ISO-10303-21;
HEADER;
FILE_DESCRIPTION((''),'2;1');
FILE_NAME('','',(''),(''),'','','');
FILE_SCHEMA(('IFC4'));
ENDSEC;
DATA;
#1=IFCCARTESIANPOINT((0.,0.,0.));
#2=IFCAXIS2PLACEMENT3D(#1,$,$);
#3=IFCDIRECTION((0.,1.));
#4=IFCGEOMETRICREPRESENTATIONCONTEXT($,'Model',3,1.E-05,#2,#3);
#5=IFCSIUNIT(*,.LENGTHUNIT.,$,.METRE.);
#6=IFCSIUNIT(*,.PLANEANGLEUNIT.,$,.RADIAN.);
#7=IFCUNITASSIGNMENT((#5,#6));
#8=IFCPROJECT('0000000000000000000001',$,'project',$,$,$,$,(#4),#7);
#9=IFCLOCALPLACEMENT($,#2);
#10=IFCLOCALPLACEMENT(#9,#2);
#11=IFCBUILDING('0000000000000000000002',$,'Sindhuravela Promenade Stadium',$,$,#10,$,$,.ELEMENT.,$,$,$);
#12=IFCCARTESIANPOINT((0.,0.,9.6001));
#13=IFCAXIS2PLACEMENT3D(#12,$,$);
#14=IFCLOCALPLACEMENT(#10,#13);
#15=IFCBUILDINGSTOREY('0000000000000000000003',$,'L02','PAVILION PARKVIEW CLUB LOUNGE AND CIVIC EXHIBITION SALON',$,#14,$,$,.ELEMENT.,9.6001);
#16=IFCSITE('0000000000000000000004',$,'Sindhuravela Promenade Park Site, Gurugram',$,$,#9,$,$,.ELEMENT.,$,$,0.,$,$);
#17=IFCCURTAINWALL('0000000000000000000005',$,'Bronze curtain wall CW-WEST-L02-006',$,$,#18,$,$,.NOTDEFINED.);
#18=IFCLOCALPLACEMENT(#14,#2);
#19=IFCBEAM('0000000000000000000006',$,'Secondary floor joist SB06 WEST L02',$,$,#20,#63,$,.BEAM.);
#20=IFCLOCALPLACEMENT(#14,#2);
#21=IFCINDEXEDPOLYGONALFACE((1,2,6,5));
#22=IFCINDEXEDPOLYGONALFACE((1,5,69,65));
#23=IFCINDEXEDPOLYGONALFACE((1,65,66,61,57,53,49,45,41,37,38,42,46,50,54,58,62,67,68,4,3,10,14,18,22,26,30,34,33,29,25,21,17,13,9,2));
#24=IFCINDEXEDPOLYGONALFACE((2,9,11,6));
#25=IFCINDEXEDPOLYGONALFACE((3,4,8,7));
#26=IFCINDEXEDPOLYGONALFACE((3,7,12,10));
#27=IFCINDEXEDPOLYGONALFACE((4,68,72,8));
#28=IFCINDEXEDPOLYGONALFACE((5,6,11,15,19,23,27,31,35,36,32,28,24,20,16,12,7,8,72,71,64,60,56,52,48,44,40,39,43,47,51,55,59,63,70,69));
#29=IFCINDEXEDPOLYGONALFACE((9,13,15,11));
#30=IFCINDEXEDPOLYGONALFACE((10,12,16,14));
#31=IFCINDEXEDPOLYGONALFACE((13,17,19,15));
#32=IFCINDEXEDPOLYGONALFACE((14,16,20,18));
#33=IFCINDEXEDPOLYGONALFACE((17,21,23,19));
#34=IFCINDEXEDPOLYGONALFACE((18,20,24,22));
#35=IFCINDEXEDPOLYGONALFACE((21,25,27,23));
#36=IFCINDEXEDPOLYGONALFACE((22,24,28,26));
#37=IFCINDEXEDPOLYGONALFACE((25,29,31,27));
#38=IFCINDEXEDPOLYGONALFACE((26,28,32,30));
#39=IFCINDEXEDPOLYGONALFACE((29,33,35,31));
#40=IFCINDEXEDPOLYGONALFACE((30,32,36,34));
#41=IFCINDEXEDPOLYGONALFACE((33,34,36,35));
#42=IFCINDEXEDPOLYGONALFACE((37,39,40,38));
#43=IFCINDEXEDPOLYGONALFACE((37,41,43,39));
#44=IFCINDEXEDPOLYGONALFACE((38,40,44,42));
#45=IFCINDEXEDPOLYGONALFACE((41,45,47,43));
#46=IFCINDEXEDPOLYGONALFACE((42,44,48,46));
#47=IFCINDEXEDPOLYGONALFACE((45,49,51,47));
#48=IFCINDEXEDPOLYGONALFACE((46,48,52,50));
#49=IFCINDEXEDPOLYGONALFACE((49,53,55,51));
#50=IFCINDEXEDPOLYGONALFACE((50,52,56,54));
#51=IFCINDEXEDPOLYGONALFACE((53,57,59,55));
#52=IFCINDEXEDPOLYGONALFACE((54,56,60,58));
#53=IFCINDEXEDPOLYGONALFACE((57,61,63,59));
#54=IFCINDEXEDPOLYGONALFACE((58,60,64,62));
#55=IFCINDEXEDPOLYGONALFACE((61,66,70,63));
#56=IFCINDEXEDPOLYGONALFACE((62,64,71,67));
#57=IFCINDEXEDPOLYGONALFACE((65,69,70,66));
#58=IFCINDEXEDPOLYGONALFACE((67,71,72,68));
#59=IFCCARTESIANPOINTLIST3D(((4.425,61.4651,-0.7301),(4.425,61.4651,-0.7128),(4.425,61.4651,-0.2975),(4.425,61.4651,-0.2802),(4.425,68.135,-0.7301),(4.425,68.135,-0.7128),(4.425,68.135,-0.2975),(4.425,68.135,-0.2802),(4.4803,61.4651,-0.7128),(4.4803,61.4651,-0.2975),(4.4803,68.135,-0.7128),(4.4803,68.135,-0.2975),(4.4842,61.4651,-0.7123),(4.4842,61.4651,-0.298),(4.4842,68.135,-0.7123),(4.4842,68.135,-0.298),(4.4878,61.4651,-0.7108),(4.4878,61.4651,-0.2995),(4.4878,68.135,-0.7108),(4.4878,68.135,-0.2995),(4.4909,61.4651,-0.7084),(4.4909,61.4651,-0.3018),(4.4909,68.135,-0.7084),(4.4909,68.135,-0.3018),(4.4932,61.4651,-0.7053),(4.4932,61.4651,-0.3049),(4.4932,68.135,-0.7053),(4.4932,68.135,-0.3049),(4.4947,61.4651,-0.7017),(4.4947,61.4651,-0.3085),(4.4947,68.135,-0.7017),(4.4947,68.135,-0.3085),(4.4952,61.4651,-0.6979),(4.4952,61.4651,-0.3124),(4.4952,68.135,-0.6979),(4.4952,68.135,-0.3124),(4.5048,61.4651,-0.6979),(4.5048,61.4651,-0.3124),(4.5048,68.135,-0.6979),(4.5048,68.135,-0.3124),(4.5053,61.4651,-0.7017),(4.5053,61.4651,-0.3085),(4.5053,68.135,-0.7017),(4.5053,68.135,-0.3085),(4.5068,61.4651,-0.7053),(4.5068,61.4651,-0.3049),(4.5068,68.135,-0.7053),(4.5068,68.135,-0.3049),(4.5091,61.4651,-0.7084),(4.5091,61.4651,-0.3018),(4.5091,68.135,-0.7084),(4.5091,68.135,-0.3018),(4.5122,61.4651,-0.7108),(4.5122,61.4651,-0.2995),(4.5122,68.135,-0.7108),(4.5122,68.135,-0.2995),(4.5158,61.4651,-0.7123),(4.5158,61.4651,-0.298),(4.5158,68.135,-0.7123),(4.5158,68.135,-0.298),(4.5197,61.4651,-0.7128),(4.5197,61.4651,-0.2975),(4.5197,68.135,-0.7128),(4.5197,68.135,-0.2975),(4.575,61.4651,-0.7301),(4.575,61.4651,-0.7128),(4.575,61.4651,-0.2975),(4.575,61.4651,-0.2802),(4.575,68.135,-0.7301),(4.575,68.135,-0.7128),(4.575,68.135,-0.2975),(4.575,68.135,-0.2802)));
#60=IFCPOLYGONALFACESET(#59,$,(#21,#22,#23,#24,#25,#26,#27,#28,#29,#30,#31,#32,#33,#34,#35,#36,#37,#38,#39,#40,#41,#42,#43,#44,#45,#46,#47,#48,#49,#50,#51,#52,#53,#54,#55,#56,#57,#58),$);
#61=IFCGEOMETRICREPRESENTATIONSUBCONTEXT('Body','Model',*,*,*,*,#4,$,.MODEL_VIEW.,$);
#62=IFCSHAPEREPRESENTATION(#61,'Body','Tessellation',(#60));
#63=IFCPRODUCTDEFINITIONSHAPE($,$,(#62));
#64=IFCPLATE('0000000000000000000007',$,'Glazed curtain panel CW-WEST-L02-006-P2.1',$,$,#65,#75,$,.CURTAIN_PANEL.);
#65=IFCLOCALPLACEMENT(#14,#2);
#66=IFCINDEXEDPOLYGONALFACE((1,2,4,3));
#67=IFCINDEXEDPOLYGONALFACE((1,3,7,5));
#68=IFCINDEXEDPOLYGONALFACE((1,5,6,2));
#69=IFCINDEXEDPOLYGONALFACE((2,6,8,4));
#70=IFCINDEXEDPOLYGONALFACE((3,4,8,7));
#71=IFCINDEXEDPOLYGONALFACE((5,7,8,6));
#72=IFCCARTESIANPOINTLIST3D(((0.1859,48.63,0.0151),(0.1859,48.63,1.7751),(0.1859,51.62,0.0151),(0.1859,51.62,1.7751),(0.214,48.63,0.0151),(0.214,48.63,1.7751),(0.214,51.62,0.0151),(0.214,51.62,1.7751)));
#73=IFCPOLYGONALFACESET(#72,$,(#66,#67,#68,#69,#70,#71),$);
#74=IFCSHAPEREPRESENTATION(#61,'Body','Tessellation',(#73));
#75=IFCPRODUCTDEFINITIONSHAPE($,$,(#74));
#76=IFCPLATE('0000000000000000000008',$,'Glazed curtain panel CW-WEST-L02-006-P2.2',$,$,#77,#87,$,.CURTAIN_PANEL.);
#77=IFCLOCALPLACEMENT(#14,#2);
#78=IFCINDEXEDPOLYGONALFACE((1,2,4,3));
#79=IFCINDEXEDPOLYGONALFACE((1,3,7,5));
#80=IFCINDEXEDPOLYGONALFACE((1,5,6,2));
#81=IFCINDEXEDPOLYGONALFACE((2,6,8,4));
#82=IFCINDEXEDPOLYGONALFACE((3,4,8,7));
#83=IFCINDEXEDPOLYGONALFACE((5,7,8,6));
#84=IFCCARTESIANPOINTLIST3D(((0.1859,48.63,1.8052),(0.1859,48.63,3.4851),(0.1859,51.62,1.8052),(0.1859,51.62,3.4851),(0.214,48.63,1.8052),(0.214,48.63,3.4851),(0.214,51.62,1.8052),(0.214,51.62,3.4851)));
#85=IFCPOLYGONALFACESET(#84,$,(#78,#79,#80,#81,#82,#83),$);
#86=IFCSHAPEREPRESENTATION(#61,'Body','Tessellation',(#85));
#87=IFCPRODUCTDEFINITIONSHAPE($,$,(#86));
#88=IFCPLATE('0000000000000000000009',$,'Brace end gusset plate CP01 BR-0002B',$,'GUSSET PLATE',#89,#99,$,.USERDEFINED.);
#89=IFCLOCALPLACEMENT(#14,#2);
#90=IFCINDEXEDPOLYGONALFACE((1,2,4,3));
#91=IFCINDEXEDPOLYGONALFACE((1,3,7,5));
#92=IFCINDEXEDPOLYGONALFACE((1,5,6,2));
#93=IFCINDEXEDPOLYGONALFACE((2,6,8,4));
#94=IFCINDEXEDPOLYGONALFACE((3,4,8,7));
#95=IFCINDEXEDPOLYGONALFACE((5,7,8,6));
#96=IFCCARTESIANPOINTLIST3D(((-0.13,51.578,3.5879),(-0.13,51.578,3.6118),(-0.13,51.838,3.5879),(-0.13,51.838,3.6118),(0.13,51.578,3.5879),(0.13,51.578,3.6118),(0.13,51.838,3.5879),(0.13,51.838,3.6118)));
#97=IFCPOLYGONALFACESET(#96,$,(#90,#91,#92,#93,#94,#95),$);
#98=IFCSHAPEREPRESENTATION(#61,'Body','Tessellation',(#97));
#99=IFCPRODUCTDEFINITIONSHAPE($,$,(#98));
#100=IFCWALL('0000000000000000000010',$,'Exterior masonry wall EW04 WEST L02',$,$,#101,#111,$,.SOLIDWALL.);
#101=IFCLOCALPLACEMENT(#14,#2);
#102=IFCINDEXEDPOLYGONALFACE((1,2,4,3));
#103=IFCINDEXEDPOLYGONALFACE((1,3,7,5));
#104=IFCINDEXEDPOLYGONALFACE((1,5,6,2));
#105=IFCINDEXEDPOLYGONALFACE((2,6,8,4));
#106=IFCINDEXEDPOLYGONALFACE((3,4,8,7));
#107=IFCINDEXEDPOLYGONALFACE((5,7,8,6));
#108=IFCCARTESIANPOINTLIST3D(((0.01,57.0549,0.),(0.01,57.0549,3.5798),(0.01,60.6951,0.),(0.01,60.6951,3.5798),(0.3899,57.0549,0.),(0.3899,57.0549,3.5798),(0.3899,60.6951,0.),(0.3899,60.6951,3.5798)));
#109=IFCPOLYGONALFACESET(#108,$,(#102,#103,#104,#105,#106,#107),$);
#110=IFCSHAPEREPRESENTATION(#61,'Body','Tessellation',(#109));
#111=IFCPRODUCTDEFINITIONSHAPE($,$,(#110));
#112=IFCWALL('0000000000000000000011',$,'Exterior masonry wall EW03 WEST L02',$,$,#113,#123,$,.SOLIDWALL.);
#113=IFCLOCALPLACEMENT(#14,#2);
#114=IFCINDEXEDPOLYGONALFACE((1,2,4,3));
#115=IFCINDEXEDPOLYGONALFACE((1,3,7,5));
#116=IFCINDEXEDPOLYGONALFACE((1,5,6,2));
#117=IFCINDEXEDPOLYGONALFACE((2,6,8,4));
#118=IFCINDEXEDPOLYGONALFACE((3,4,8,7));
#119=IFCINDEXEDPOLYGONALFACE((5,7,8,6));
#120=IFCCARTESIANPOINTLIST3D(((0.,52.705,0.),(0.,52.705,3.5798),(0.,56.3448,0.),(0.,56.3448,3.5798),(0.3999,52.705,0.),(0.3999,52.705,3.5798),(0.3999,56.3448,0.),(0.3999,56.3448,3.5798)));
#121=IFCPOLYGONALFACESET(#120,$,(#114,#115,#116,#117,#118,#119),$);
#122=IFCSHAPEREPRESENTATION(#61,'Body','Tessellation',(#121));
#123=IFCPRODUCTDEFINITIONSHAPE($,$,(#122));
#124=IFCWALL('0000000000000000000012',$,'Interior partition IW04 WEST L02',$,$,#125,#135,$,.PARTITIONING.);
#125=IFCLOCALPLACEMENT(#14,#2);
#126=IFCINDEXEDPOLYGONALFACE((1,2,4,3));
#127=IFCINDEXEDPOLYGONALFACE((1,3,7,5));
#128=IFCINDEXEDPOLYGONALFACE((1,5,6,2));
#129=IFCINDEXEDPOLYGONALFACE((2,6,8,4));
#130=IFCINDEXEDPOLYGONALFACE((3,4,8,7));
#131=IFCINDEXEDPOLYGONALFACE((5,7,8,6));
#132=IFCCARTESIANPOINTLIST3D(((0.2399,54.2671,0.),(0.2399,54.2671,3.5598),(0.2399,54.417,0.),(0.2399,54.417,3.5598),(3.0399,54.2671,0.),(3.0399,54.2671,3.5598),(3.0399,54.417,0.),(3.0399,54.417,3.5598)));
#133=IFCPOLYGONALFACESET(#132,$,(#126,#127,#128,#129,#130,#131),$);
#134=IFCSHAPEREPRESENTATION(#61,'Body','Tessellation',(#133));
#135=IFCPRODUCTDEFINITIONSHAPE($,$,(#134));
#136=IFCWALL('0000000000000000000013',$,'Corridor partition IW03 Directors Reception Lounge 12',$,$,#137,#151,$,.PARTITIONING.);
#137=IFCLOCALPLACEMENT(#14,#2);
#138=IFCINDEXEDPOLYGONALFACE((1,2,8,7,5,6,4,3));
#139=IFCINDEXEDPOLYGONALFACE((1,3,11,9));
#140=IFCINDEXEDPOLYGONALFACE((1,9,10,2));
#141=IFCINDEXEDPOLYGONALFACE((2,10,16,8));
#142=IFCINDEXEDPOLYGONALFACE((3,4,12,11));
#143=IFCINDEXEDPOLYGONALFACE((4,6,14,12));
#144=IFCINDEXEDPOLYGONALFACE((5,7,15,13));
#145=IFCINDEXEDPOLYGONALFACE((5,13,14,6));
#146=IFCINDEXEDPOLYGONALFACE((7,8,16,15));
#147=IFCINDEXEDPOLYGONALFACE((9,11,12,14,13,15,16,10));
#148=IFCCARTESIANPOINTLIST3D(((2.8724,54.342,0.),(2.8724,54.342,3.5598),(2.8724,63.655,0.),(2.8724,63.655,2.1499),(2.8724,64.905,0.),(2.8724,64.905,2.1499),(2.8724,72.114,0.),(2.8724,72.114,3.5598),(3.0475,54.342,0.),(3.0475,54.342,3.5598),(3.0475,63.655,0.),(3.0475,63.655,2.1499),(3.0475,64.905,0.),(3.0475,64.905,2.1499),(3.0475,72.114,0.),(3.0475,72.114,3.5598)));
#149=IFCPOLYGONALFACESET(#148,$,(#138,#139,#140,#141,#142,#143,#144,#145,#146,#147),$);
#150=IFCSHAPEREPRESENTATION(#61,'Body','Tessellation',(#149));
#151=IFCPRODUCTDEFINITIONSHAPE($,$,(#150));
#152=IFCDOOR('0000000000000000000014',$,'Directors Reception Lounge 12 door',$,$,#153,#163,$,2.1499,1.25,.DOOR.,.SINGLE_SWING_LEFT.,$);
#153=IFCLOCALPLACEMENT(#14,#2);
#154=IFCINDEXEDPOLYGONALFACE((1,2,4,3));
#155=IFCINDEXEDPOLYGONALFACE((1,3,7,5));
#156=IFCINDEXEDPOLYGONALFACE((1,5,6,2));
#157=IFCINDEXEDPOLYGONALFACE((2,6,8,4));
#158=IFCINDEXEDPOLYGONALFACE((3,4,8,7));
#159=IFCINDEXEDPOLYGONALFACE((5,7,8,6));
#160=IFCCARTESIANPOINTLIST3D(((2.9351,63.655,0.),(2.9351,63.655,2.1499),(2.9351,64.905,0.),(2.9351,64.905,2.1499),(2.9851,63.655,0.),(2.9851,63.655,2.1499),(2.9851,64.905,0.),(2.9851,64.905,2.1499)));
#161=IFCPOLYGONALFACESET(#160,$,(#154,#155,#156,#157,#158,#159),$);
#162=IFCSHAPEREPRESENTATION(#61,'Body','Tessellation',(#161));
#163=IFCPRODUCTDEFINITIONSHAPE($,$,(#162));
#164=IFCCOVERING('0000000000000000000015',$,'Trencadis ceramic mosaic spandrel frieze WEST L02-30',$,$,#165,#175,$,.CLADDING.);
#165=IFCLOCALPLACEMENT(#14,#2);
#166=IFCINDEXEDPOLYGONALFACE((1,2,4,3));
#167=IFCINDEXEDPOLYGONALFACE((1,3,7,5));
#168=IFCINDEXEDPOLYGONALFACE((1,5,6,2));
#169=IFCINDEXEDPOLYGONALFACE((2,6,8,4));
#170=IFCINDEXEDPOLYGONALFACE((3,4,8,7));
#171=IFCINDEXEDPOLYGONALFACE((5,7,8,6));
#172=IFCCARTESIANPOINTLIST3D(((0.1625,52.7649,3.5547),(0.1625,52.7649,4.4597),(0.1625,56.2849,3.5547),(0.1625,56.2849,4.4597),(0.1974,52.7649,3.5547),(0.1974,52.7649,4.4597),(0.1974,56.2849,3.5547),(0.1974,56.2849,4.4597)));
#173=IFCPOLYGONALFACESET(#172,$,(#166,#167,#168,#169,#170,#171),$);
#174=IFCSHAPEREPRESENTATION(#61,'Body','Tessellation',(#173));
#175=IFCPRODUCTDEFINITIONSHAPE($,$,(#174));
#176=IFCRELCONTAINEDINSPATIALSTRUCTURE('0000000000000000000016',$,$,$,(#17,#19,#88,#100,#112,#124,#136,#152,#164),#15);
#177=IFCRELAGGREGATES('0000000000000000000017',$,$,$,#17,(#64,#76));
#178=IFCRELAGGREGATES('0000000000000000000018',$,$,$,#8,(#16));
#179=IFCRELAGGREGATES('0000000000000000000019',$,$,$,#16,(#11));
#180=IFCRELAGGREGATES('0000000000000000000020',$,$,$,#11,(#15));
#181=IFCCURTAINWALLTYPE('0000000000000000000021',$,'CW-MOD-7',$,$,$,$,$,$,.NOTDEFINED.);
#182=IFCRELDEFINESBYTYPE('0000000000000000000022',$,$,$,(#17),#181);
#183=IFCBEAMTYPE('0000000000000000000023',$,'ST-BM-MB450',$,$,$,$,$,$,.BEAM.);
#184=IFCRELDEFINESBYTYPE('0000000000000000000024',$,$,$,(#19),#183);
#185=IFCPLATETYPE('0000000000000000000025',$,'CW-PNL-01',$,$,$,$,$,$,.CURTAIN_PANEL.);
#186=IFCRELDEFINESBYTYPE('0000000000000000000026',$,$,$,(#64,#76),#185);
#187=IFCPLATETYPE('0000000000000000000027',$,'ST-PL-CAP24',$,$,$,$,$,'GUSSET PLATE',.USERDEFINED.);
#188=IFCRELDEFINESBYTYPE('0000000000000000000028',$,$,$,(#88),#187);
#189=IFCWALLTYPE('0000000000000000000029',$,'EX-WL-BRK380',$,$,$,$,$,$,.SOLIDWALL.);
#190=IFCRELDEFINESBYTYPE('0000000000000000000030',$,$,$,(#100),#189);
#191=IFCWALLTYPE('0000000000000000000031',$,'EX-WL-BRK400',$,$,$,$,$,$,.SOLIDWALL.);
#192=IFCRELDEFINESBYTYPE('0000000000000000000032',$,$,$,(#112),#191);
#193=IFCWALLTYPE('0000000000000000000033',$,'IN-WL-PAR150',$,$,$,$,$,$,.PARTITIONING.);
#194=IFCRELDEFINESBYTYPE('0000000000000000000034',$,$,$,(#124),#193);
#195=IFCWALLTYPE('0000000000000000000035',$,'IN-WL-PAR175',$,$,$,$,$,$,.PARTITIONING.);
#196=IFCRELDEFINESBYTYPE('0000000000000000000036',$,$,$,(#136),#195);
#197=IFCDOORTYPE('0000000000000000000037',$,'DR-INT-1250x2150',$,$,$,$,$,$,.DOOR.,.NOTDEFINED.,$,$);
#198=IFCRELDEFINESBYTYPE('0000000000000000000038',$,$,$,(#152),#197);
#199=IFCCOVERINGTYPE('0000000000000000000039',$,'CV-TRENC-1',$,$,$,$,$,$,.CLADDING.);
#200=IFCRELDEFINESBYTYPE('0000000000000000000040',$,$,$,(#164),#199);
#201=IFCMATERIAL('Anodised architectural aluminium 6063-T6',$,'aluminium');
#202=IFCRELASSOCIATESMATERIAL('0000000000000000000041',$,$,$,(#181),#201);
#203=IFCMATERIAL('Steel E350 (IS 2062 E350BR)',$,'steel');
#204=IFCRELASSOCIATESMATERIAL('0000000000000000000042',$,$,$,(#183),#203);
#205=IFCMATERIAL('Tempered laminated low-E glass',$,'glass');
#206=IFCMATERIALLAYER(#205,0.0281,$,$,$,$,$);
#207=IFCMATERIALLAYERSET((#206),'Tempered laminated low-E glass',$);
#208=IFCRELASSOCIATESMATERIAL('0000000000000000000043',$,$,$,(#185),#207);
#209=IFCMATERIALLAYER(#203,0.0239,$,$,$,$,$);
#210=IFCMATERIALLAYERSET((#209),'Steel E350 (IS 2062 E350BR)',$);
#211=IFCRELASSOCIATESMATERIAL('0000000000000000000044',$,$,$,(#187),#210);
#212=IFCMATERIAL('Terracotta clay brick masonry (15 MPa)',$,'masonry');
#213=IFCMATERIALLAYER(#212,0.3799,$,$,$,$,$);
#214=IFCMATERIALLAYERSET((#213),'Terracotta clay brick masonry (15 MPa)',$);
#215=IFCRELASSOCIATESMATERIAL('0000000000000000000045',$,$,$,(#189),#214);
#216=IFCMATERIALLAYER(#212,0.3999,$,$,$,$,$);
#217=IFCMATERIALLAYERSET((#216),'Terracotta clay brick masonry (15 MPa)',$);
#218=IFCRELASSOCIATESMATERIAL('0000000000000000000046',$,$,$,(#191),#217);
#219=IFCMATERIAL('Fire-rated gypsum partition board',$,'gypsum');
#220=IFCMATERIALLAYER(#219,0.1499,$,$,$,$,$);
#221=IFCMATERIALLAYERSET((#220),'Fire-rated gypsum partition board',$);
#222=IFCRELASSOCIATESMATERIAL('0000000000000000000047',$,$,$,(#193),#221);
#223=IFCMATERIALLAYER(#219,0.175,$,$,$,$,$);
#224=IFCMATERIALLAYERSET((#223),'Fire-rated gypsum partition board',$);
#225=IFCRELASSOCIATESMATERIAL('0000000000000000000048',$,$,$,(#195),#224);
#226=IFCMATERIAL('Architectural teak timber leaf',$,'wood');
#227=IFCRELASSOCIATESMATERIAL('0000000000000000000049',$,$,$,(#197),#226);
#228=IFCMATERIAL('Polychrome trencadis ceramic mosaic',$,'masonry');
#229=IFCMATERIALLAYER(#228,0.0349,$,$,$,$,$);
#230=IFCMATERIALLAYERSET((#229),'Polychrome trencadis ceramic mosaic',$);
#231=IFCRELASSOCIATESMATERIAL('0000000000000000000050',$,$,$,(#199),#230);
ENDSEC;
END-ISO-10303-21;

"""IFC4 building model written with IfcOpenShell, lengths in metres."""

from ifc_helpers import new_model, si_unit, direction, frame, frame_2d, origin, origin_2d, place, context, subcontext, project, spatial, rectangle, i_section, extrude, material, layer, layer_set, material_profile, profile_set, type_object, element, fill, aggregate, save


model = new_model("IFC4")

# Units and contexts
model_context = context("Model", 3, precision=1e-05, world=origin(), true_north=direction((0.0, 1.0)))
body_context = subcontext(model_context, "Body", "Model", "MODEL_VIEW")
ifc_project = project(units=[si_unit("LENGTHUNIT", "METRE"), si_unit("PLANEANGLEUNIT", "RADIAN")], contexts=[model_context])

# Site, building, storey
site_placement = place(None, origin())
site = spatial("IfcSite", under=ifc_project, at=site_placement, Name="Sindhuravela Promenade Park Site, Gurugram", CompositionType="ELEMENT", RefElevation=0.0)
building_placement = place(site_placement, origin())
building = spatial("IfcBuilding", under=site, at=building_placement, Name="Sindhuravela Promenade Stadium", CompositionType="ELEMENT")
storey_placement = place(building_placement, frame((0.0, 0.0, 9.6001)))
storey = spatial("IfcBuildingStorey", under=building, at=storey_placement, Name="L02", Description="PAVILION PARKVIEW CLUB LOUNGE AND CIVIC EXHIBITION SALON", CompositionType="ELEMENT", Elevation=9.6001)

# Curtain wall
ifc_material_1 = material(Name="Anodised architectural aluminium 6063-T6", Category="aluminium")
curtain_wall_type = type_object("IfcCurtainWallType", Name="CW-MOD-7", PredefinedType="NOTDEFINED", material=ifc_material_1)
curtain_wall_placement = place(storey_placement, origin())
curtain_wall = element("IfcCurtainWall", 1, at=curtain_wall_placement, inside=storey, type_object=curtain_wall_type, Name="Bronze curtain wall CW-WEST-L02-006", PredefinedType="NOTDEFINED")

# Beam
ifc_material_2 = material(Name="Steel E350 (IS 2062 E350BR)", Category="steel")
ifc_material_profile_1 = material_profile(ifc_material_2, i_section(OverallWidth=0.1499, OverallDepth=0.45, WebThickness=0.0095, FlangeThickness=0.0173, FilletRadius=0.0149, at=origin_2d()), Name="ISMB 450")
ifc_profile_set_1 = profile_set([ifc_material_profile_1], Name="Steel E350 (IS 2062 E350BR)")
beam_type_1 = type_object("IfcBeamType", Name="ST-BM-MB450", PredefinedType="BEAM", material=ifc_profile_set_1)
beam_1_placement = place(storey_placement, frame((4.5, 61.4651, -0.5051), z_axis=(0.0, 1.0, 0.0), x_axis=(-1.0, 0.0, 0.0)))
element("IfcBeam", 2, at=beam_1_placement, inside=storey, type_object=beam_type_1, Name="Secondary floor joist SB06 WEST L02", PredefinedType="BEAM", context=body_context, shape_type="SweptSolid", body=[
    extrude(i_section(OverallWidth=0.1499, OverallDepth=0.45, WebThickness=0.0095, FlangeThickness=0.0173, FilletRadius=0.0149, at=origin_2d()), origin(), (0.0, 0.0, 1.0), 6.6699),
])

# Plates
ifc_material_3 = material(Name="Tempered laminated low-E glass", Category="glass")
ifc_layer_1 = layer(ifc_material_3, 0.0281)
ifc_layer_set_1 = layer_set([ifc_layer_1], Name="Tempered laminated low-E glass")
plate_type_1 = type_object("IfcPlateType", Name="CW-PNL-01", PredefinedType="CURTAIN_PANEL", material=ifc_layer_set_1)
plate_1_placement = place(storey_placement, frame((0.2, 50.125, 0.0151), z_axis=(0.0, 0.0, 1.0), x_axis=(0.0, 1.0, 0.0)))
plate_1 = element("IfcPlate", 3, at=plate_1_placement, type_object=plate_type_1, Name="Glazed curtain panel CW-WEST-L02-006-P2.1", PredefinedType="CURTAIN_PANEL", context=body_context, shape_type="SweptSolid", body=[
    extrude(rectangle(XDim=2.99, YDim=0.0281, at=origin_2d()), origin(), (0.0, 0.0, 1.0), 1.76),
])
plate_2_placement = place(storey_placement, frame((0.2, 50.125, 1.8052), z_axis=(0.0, 0.0, 1.0), x_axis=(0.0, 1.0, 0.0)))
plate_2 = element("IfcPlate", 4, at=plate_2_placement, type_object=plate_type_1, Name="Glazed curtain panel CW-WEST-L02-006-P2.2", PredefinedType="CURTAIN_PANEL", context=body_context, shape_type="SweptSolid", body=[
    extrude(rectangle(XDim=2.99, YDim=0.0281, at=origin_2d()), origin(), (0.0, 0.0, 1.0), 1.6799),
])
aggregate(curtain_wall, [plate_1, plate_2])
ifc_layer_2 = layer(ifc_material_2, 0.0239)
ifc_layer_set_2 = layer_set([ifc_layer_2], Name="Steel E350 (IS 2062 E350BR)")
plate_type_2 = type_object("IfcPlateType", Name="ST-PL-CAP24", ElementType="GUSSET PLATE", PredefinedType="USERDEFINED", material=ifc_layer_set_2)
plate_3_placement = place(storey_placement, frame((0.0, 51.708, 3.5879), z_axis=(0.0, 0.0, 1.0), x_axis=(1.0, 0.0, 0.0)))
element("IfcPlate", 5, at=plate_3_placement, inside=storey, type_object=plate_type_2, Name="Brace end gusset plate CP01 BR-0002B", ObjectType="GUSSET PLATE", PredefinedType="USERDEFINED", context=body_context, shape_type="SweptSolid", body=[
    extrude(rectangle(XDim=0.26, YDim=0.26, at=origin_2d()), origin(), (0.0, 0.0, 1.0), 0.0239),
])

# Walls
ifc_material_4 = material(Name="Terracotta clay brick masonry (15 MPa)", Category="masonry")
ifc_layer_3 = layer(ifc_material_4, 0.3799)
ifc_layer_set_3 = layer_set([ifc_layer_3], Name="Terracotta clay brick masonry (15 MPa)")
wall_type_1 = type_object("IfcWallType", Name="EX-WL-BRK380", PredefinedType="SOLIDWALL", material=ifc_layer_set_3)
wall_1_placement = place(storey_placement, frame((0.2, 57.0549, 0.0), z_axis=(0.0, 0.0, 1.0), x_axis=(0.0, 1.0, 0.0)))
element("IfcWall", 6, at=wall_1_placement, inside=storey, type_object=wall_type_1, Name="Exterior masonry wall EW04 WEST L02", PredefinedType="SOLIDWALL", context=body_context, shape_type="SweptSolid", body=[
    extrude(rectangle(XDim=3.6401, YDim=0.3799, at=frame_2d((1.8201, 0.0))), origin(), (0.0, 0.0, 1.0), 3.5798),
])
ifc_layer_4 = layer(ifc_material_4, 0.3999)
ifc_layer_set_4 = layer_set([ifc_layer_4], Name="Terracotta clay brick masonry (15 MPa)")
wall_type_2 = type_object("IfcWallType", Name="EX-WL-BRK400", PredefinedType="SOLIDWALL", material=ifc_layer_set_4)
wall_2_placement = place(storey_placement, frame((0.2, 52.7051, 0.0), z_axis=(0.0, 0.0, 1.0), x_axis=(0.0, 1.0, 0.0)))
element("IfcWall", 7, at=wall_2_placement, inside=storey, type_object=wall_type_2, Name="Exterior masonry wall EW03 WEST L02", PredefinedType="SOLIDWALL", context=body_context, shape_type="SweptSolid", body=[
    extrude(rectangle(XDim=3.6399, YDim=0.3999, at=frame_2d((1.8198, 0.0))), origin(), (0.0, 0.0, 1.0), 3.5798),
])
ifc_material_5 = material(Name="Fire-rated gypsum partition board", Category="gypsum")
ifc_layer_5 = layer(ifc_material_5, 0.1499)
ifc_layer_set_5 = layer_set([ifc_layer_5], Name="Fire-rated gypsum partition board")
wall_type_3 = type_object("IfcWallType", Name="IN-WL-PAR150", PredefinedType="PARTITIONING", material=ifc_layer_set_5)
wall_3_placement = place(storey_placement, frame((0.24, 54.342, 0.0), z_axis=(0.0, 0.0, 1.0), x_axis=(1.0, 0.0, 0.0)))
element("IfcWall", 8, at=wall_3_placement, inside=storey, type_object=wall_type_3, Name="Interior partition IW04 WEST L02", PredefinedType="PARTITIONING", context=body_context, shape_type="SweptSolid", body=[
    extrude(rectangle(XDim=2.8, YDim=0.1499, at=frame_2d((1.3999, 0.0))), origin(), (0.0, 0.0, 1.0), 3.5598),
])

# Wall, opening, door
ifc_layer_6 = layer(ifc_material_5, 0.175)
ifc_layer_set_6 = layer_set([ifc_layer_6], Name="Fire-rated gypsum partition board")
wall_type_4 = type_object("IfcWallType", Name="IN-WL-PAR175", PredefinedType="PARTITIONING", material=ifc_layer_set_6)
wall_4_placement = place(storey_placement, frame((2.96, 54.342, 0.0), z_axis=(0.0, 0.0, 1.0), x_axis=(0.0, 1.0, 0.0)))
wall_4 = element("IfcWall", 9, at=wall_4_placement, inside=storey, type_object=wall_type_4, Name="Corridor partition IW03 Directors Reception Lounge 12", PredefinedType="PARTITIONING", context=body_context, shape_type="SweptSolid", body=[
    extrude(rectangle(XDim=17.772, YDim=0.175, at=frame_2d((8.886, 0.0))), origin(), (0.0, 0.0, 1.0), 3.5598),
])
opening_placement = place(wall_4_placement, frame((9.313, 0.0, 0.0)))
opening = element("IfcOpeningElement", 10, at=opening_placement, cuts=wall_4, PredefinedType="OPENING", context=body_context, shape_type="SweptSolid", body=[
    extrude(rectangle(XDim=1.25, YDim=2.1499, at=frame_2d((0.625, 1.075))), frame((0.0, 0.0974, 0.0), z_axis=(0.0, -1.0, 0.0), x_axis=(1.0, 0.0, 0.0)), (0.0, 0.0, 1.0), 0.1951),
])
ifc_material_6 = material(Name="Architectural teak timber leaf", Category="wood")
door_type = type_object("IfcDoorType", Name="DR-INT-1250x2150", OperationType="NOTDEFINED", PredefinedType="DOOR", material=ifc_material_6)
door_placement = place(opening_placement, origin())
door = element("IfcDoor", 11, at=door_placement, inside=storey, type_object=door_type, Name="Directors Reception Lounge 12 door", OperationType="SINGLE_SWING_LEFT", OverallHeight=2.1499, OverallWidth=1.25, PredefinedType="DOOR", context=body_context, shape_type="SweptSolid", body=[
    extrude(rectangle(XDim=1.25, YDim=2.1499, at=frame_2d((0.625, 1.075))), frame((0.0, 0.0249, 0.0), z_axis=(0.0, -1.0, 0.0), x_axis=(1.0, 0.0, 0.0)), (0.0, 0.0, 1.0), 0.05),
])
fill(opening, door)

# Covering
ifc_material_7 = material(Name="Polychrome trencadis ceramic mosaic", Category="masonry")
ifc_layer_7 = layer(ifc_material_7, 0.0349)
ifc_layer_set_7 = layer_set([ifc_layer_7], Name="Polychrome trencadis ceramic mosaic")
covering_type_1 = type_object("IfcCoveringType", Name="CV-TRENC-1", PredefinedType="CLADDING", material=ifc_layer_set_7)
covering_1_placement = place(storey_placement, frame((0.1799, 54.5249, 3.5547), z_axis=(0.0, 0.0, 1.0), x_axis=(0.0, 1.0, 0.0)))
element("IfcCovering", 12, at=covering_1_placement, inside=storey, type_object=covering_type_1, Name="Trencadis ceramic mosaic spandrel frieze WEST L02-30", PredefinedType="CLADDING", context=body_context, shape_type="SweptSolid", body=[
    extrude(rectangle(XDim=3.52, YDim=0.0349, at=origin_2d()), origin(), (0.0, 0.0, 1.0), 0.905),
])

save(model, "model.ifc")
